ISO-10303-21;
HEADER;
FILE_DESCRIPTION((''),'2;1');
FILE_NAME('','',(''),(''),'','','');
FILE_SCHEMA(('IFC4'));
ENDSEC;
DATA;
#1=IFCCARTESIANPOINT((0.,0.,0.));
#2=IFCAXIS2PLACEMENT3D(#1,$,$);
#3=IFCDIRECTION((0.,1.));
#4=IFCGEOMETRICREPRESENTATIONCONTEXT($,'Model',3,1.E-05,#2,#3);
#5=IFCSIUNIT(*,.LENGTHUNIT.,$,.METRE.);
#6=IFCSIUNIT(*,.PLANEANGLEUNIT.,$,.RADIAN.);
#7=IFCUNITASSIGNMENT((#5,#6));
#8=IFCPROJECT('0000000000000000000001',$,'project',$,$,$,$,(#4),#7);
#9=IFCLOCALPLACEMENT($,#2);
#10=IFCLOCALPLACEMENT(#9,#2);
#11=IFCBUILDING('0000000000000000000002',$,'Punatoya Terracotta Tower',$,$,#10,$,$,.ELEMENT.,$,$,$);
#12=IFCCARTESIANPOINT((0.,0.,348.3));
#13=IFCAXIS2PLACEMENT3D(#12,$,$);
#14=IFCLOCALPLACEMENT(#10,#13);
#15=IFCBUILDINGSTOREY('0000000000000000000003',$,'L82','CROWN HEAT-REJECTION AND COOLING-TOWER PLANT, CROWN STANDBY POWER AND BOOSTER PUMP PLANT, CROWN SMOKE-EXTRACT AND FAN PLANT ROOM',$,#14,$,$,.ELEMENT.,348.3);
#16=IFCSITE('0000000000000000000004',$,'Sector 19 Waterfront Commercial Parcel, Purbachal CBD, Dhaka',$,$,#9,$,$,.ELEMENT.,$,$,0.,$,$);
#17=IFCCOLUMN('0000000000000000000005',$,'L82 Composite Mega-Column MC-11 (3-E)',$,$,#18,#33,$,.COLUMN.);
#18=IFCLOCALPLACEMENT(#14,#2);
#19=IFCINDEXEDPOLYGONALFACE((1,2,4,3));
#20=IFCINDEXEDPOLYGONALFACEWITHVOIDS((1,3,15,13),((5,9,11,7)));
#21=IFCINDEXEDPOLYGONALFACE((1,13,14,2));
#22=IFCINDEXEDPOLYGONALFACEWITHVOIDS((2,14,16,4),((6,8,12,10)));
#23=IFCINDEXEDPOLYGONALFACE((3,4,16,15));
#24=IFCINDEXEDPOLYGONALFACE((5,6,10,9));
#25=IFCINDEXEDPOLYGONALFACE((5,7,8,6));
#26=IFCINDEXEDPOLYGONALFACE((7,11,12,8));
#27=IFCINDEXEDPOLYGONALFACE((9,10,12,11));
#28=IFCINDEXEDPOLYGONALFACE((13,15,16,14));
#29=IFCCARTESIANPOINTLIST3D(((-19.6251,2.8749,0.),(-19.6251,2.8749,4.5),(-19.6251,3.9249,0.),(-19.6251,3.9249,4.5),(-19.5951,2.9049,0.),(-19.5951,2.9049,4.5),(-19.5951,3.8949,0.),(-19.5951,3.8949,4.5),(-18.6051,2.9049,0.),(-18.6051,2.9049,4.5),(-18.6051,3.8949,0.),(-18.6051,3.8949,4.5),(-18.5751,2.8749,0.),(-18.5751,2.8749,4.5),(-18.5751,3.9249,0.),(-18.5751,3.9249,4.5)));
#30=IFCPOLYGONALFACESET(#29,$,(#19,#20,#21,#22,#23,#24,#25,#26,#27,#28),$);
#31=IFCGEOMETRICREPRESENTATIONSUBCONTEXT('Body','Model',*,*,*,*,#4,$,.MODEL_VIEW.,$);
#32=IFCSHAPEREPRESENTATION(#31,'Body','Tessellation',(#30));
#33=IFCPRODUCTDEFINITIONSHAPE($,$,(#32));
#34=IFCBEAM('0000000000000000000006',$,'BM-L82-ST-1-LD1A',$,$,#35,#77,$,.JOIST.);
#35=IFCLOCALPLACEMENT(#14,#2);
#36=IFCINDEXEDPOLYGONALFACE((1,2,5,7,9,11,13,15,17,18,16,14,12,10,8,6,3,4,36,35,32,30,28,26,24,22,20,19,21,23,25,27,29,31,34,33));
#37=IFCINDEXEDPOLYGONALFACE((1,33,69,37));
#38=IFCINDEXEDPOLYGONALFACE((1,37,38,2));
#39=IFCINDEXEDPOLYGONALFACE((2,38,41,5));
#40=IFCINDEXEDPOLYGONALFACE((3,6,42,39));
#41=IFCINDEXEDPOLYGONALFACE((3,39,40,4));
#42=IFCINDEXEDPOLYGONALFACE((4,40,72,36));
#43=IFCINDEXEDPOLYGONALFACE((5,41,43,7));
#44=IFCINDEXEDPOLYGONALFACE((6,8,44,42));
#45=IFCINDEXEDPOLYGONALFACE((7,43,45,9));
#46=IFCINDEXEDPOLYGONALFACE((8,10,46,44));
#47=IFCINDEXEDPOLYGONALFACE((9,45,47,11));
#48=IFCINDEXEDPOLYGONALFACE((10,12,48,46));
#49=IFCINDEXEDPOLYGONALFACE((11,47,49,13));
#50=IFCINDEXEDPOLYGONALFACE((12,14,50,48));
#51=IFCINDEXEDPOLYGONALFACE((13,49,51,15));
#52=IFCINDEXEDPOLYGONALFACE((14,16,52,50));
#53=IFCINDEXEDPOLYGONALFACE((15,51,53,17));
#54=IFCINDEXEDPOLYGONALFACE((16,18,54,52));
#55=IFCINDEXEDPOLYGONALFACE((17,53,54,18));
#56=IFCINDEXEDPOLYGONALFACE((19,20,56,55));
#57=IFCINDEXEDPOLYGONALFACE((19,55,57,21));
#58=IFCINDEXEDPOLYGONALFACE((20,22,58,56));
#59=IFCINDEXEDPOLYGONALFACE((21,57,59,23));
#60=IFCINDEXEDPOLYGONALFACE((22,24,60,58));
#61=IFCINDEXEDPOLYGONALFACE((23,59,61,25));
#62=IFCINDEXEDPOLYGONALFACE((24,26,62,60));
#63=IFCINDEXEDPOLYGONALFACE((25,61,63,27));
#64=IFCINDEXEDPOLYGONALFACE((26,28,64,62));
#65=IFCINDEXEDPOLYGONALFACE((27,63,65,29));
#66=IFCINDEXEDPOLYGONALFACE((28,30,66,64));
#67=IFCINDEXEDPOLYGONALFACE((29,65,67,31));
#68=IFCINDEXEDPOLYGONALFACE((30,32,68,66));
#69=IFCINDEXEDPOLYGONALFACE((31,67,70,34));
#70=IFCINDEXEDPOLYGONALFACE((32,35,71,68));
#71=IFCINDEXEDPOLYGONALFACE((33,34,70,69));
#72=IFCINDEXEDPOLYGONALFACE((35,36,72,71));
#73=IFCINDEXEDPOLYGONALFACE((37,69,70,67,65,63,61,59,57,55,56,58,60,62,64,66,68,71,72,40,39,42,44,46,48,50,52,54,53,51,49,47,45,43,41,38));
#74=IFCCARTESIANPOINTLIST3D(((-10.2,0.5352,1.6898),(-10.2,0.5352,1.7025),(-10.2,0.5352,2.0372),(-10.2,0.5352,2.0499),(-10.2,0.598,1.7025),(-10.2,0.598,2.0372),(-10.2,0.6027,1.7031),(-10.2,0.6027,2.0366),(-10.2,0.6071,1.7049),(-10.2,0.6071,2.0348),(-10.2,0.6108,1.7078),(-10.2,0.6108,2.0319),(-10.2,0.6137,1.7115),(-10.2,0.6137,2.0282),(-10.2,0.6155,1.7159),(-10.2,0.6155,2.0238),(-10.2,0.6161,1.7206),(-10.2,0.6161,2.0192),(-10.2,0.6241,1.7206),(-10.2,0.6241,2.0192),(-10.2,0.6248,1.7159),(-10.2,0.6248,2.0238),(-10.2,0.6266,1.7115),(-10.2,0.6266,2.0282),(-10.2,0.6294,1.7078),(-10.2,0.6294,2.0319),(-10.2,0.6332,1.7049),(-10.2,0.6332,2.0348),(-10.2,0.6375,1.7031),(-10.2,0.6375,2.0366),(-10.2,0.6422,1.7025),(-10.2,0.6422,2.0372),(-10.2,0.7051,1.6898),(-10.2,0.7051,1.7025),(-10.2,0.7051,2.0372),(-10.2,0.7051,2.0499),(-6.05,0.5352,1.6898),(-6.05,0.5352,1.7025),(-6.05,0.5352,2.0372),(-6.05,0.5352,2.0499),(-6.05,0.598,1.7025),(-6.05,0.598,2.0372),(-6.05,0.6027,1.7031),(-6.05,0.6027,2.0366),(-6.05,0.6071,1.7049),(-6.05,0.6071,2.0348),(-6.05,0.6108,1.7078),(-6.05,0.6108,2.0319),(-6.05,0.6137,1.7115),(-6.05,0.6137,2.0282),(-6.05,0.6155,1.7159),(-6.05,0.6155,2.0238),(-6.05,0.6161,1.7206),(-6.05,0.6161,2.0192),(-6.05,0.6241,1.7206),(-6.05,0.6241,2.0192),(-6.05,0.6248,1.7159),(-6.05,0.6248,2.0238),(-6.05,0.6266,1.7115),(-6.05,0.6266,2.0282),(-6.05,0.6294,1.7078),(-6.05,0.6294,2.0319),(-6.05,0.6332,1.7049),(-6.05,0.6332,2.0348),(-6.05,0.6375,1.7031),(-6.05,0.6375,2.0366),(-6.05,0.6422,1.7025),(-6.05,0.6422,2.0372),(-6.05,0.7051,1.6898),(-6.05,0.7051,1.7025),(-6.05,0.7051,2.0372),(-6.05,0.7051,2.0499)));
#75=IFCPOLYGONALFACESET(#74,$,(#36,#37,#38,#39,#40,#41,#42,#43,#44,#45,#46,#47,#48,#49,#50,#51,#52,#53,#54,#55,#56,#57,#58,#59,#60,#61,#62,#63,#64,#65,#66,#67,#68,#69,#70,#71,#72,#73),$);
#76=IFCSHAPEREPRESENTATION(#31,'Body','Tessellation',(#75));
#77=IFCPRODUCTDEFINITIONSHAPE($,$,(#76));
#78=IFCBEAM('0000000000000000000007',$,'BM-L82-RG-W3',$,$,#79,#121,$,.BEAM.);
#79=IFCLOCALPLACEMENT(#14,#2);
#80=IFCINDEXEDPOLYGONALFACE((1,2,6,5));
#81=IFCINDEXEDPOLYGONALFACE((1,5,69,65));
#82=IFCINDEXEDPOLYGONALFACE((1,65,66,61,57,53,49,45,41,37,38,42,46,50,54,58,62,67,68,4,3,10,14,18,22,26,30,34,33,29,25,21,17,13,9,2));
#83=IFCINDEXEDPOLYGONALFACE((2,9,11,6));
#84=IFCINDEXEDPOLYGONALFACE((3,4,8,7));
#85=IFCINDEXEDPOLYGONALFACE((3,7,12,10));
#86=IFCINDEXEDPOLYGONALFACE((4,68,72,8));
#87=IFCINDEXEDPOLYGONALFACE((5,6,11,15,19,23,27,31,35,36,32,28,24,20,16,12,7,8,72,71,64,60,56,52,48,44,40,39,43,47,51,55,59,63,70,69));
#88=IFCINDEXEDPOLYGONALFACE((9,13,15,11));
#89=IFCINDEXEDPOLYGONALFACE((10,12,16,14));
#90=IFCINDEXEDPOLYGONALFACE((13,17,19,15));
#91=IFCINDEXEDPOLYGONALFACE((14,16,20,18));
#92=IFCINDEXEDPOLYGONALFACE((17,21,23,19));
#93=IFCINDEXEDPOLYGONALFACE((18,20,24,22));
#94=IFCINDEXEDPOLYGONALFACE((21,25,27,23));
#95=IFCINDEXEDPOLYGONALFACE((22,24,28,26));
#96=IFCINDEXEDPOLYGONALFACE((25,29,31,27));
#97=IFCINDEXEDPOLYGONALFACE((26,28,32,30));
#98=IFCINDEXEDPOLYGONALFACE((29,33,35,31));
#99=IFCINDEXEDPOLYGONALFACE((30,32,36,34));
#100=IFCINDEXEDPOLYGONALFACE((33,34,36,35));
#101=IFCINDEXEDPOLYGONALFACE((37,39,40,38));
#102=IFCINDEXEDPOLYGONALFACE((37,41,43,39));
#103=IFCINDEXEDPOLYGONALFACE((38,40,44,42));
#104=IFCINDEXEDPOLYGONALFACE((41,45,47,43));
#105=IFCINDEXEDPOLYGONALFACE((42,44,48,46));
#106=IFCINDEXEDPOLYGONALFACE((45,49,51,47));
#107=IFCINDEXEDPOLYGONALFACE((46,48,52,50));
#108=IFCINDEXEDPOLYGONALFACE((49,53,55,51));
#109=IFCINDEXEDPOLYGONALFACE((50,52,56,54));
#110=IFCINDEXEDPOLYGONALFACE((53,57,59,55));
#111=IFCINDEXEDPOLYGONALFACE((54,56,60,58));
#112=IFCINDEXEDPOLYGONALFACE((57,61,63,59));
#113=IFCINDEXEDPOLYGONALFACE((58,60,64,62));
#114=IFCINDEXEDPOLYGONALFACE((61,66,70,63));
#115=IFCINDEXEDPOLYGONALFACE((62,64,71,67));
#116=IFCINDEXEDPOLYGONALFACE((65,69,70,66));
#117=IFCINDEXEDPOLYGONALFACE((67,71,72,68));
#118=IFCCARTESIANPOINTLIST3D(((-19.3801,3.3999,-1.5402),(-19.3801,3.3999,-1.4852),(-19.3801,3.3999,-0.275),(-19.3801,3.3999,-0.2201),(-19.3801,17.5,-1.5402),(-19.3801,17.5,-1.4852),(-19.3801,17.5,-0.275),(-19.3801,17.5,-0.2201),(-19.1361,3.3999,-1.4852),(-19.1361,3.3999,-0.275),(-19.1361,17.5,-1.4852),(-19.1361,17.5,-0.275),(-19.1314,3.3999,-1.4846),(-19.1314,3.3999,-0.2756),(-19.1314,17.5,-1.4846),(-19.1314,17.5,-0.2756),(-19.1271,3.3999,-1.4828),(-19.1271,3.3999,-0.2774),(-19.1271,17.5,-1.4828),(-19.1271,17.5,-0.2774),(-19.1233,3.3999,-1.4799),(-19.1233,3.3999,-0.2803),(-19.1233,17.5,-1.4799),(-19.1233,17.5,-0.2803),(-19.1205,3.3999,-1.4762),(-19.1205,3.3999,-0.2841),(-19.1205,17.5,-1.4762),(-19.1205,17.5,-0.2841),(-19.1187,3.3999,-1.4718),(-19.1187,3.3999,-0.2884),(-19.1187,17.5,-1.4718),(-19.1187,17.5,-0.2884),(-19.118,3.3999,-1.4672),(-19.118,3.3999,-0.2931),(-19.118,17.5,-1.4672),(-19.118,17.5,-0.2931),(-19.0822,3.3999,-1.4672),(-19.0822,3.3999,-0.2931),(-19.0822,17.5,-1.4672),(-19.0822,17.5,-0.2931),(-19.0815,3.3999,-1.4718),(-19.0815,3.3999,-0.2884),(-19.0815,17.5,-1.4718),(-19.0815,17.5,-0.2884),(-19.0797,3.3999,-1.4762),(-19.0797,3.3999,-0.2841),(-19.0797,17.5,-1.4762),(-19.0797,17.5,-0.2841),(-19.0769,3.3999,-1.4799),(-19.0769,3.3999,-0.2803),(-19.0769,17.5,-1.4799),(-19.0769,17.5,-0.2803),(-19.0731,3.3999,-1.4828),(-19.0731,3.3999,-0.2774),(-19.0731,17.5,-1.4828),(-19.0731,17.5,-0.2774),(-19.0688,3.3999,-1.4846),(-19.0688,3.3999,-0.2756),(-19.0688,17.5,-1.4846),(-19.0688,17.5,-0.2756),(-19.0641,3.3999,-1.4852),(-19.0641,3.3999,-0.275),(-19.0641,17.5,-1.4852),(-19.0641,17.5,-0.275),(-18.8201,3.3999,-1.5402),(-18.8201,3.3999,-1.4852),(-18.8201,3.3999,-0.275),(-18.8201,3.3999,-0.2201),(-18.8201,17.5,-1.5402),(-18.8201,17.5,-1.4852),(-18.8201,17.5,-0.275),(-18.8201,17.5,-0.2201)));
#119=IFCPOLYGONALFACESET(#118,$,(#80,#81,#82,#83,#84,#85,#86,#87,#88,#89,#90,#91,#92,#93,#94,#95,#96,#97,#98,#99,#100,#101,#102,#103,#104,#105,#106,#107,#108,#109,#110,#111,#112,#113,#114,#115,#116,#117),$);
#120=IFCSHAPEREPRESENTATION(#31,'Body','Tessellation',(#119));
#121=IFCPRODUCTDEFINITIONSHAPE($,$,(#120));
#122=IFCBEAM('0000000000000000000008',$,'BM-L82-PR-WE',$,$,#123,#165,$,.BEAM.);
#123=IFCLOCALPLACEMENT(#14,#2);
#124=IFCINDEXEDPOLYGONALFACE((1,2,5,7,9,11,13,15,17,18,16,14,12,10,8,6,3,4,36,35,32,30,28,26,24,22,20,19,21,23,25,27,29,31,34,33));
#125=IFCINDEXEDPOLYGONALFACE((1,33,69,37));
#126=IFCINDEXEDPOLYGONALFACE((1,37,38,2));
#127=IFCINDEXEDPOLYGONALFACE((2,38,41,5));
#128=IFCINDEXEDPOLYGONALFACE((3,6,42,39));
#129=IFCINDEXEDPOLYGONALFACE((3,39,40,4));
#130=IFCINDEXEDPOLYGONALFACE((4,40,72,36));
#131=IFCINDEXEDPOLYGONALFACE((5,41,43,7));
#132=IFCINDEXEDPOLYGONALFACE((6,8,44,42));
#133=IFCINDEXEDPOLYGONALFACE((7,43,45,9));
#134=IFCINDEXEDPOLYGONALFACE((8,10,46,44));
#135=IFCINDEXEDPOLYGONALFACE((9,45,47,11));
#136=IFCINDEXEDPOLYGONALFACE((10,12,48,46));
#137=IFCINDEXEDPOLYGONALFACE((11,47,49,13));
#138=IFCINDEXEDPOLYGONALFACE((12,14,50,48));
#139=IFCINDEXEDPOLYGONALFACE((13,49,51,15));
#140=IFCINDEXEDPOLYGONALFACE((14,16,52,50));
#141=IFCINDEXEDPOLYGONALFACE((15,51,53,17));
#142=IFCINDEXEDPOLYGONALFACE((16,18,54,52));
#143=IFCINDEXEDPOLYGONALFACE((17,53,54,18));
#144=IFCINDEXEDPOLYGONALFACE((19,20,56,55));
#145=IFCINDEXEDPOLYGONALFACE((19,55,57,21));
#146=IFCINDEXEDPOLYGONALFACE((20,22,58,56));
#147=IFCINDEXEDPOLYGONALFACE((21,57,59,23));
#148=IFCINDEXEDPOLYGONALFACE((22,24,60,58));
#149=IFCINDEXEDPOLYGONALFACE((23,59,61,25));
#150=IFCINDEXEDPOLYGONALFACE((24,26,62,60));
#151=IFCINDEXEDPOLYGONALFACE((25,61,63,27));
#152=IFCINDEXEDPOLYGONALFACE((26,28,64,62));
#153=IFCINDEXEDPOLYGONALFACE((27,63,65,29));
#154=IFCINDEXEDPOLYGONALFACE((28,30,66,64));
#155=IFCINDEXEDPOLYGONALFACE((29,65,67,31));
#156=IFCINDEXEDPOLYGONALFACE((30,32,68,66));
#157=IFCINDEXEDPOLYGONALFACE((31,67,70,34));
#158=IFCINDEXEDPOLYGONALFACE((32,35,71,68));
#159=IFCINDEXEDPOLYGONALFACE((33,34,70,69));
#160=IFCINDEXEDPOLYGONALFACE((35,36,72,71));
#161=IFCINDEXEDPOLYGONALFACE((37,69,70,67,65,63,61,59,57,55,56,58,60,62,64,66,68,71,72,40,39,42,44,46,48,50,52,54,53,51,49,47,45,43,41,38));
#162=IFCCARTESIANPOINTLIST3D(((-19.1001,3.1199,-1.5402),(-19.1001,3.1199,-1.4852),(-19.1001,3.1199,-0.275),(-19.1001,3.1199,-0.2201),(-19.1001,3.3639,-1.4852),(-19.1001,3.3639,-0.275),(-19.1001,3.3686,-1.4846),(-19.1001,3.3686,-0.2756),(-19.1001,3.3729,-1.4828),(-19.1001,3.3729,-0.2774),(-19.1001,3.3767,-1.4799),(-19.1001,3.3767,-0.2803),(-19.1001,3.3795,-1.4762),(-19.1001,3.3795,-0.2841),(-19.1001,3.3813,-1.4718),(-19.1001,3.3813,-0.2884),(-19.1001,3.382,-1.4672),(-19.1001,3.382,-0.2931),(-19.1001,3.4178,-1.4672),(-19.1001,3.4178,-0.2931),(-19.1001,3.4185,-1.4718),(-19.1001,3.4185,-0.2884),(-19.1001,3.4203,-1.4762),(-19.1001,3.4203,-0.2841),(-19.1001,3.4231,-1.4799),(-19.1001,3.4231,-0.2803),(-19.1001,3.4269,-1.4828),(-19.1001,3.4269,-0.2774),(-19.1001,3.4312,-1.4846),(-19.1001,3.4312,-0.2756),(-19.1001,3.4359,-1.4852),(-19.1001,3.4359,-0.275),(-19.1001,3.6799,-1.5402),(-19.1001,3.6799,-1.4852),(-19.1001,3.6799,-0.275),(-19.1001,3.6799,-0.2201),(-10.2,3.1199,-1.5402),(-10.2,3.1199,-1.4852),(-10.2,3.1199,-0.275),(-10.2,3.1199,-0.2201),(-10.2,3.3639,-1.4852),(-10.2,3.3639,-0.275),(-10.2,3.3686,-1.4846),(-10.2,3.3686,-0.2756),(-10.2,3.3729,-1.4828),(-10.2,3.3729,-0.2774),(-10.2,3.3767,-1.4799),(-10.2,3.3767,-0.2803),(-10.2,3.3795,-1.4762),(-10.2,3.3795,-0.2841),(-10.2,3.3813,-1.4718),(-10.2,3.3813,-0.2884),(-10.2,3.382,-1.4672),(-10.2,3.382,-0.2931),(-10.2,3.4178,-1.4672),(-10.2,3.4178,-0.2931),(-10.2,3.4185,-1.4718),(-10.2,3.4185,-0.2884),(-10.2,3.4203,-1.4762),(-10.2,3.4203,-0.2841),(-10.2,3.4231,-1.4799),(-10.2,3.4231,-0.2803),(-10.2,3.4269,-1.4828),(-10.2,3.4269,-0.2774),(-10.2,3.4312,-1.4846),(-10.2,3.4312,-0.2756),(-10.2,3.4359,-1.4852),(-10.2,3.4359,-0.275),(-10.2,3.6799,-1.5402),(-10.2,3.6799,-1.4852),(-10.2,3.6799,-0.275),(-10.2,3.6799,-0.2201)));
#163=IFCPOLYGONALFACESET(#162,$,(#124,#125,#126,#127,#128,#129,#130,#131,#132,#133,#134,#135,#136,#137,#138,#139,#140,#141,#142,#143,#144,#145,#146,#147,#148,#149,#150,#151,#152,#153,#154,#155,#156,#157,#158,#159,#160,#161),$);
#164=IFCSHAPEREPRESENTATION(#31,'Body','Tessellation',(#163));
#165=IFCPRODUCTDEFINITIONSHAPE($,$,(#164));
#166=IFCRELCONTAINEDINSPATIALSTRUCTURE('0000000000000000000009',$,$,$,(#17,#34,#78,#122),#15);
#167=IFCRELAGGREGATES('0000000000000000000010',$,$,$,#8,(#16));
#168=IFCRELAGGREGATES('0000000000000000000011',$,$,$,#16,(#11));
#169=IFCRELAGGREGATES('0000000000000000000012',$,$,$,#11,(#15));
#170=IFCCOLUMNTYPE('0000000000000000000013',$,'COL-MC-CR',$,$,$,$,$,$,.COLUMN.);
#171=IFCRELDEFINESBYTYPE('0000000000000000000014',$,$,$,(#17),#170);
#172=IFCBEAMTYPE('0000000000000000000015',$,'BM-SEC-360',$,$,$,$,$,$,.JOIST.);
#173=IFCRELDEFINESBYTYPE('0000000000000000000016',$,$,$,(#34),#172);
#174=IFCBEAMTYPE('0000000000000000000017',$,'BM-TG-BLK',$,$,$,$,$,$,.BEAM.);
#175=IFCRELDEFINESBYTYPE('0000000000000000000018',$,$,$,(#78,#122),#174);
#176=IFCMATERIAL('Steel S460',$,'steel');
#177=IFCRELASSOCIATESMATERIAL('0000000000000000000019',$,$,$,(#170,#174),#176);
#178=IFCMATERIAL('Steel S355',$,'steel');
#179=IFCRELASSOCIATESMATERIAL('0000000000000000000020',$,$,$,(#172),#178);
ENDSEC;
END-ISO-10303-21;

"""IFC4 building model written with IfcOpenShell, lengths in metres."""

from ifc_helpers import new_model, si_unit, direction, frame, origin, origin_2d, place, context, subcontext, project, spatial, hollow_rectangle, i_section, extrude, material, material_profile, profile_set, type_object, element, save


model = new_model("IFC4")

# Units and contexts
model_context = context("Model", 3, precision=1e-05, world=origin(), true_north=direction((0.0, 1.0)))
body_context = subcontext(model_context, "Body", "Model", "MODEL_VIEW")
ifc_project = project(units=[si_unit("LENGTHUNIT", "METRE"), si_unit("PLANEANGLEUNIT", "RADIAN")], contexts=[model_context])

# Site, building, storey
site_placement = place(None, origin())
site = spatial("IfcSite", under=ifc_project, at=site_placement, Name="Sector 19 Waterfront Commercial Parcel, Purbachal CBD, Dhaka", CompositionType="ELEMENT", RefElevation=0.0)
building_placement = place(site_placement, origin())
building = spatial("IfcBuilding", under=site, at=building_placement, Name="Punatoya Terracotta Tower", CompositionType="ELEMENT")
storey_placement = place(building_placement, frame((0.0, 0.0, 348.3)))
storey = spatial("IfcBuildingStorey", under=building, at=storey_placement, Name="L82", Description="CROWN HEAT-REJECTION AND COOLING-TOWER PLANT, CROWN STANDBY POWER AND BOOSTER PUMP PLANT, CROWN SMOKE-EXTRACT AND FAN PLANT ROOM", CompositionType="ELEMENT", Elevation=348.3)

# Column
ifc_material_1 = material(Name="Steel S460", Category="steel")
ifc_material_profile_1 = material_profile(ifc_material_1, hollow_rectangle(XDim=1.05, YDim=1.05, WallThickness=0.03, at=origin_2d()))
ifc_profile_set_1 = profile_set([ifc_material_profile_1], Name="Steel S460")
column_type = type_object("IfcColumnType", Name="COL-MC-CR", PredefinedType="COLUMN", material=ifc_profile_set_1)
column_placement = place(storey_placement, frame((-19.1001, 3.3999, 0.0), z_axis=(0.0, 0.0, 1.0), x_axis=(1.0, 0.0, 0.0)))
element("IfcColumn", 1, at=column_placement, inside=storey, type_object=column_type, Name="L82 Composite Mega-Column MC-11 (3-E)", PredefinedType="COLUMN", context=body_context, shape_type="SweptSolid", body=[
    extrude(hollow_rectangle(XDim=1.05, YDim=1.05, WallThickness=0.03, at=origin_2d()), origin(), (0.0, 0.0, 1.0), 4.5),
])

# Beams
ifc_material_2 = material(Name="Steel S355", Category="steel")
ifc_material_profile_2 = material_profile(ifc_material_2, i_section(OverallWidth=0.1699, OverallDepth=0.3601, WebThickness=0.0081, FlangeThickness=0.0127, FilletRadius=0.0181, at=origin_2d()))
ifc_profile_set_2 = profile_set([ifc_material_profile_2], Name="Steel S355")
beam_type_1 = type_object("IfcBeamType", Name="BM-SEC-360", PredefinedType="JOIST", material=ifc_profile_set_2)
beam_1_placement = place(storey_placement, frame((-10.2, 0.6201, 1.8699), z_axis=(1.0, 0.0, 0.0), x_axis=(0.0, 1.0, 0.0)))
element("IfcBeam", 2, at=beam_1_placement, inside=storey, type_object=beam_type_1, Name="BM-L82-ST-1-LD1A", PredefinedType="JOIST", context=body_context, shape_type="SweptSolid", body=[
    extrude(i_section(OverallWidth=0.1699, OverallDepth=0.3601, WebThickness=0.0081, FlangeThickness=0.0127, FilletRadius=0.0181, at=origin_2d()), origin(), (0.0, 0.0, 1.0), 4.1499),
])
ifc_material_profile_3 = material_profile(ifc_material_1, i_section(OverallWidth=0.5601, OverallDepth=1.3201, WebThickness=0.0359, FlangeThickness=0.0549, FilletRadius=0.0181, at=origin_2d()))
ifc_profile_set_3 = profile_set([ifc_material_profile_3], Name="Steel S460")
beam_type_2 = type_object("IfcBeamType", Name="BM-TG-BLK", PredefinedType="BEAM", material=ifc_profile_set_3)
beam_2_placement = place(storey_placement, frame((-19.1001, 3.3999, -0.8801), z_axis=(0.0, 1.0, 0.0), x_axis=(-1.0, 0.0, 0.0)))
element("IfcBeam", 3, at=beam_2_placement, inside=storey, type_object=beam_type_2, Name="BM-L82-RG-W3", PredefinedType="BEAM", context=body_context, shape_type="SweptSolid", body=[
    extrude(i_section(OverallWidth=0.5601, OverallDepth=1.3201, WebThickness=0.0359, FlangeThickness=0.0549, FilletRadius=0.0181, at=origin_2d()), origin(), (0.0, 0.0, 1.0), 14.1001),
])
for number, where, z_axis, x_axis, name in (
    (4, (-19.1001, 3.3999, -0.8801), (1.0, 0.0, 0.0), (0.0, 1.0, 0.0), "BM-L82-PR-WE"),
):
    element("IfcBeam", number, at=place(storey_placement, frame(where, z_axis=z_axis, x_axis=x_axis)), inside=storey, type_object=beam_type_2, Name=name, PredefinedType="BEAM", context=body_context, shape_type="SweptSolid", body=[
        extrude(i_section(OverallWidth=0.5601, OverallDepth=1.3201, WebThickness=0.0359, FlangeThickness=0.0549, FilletRadius=0.0181, at=origin_2d()), origin(), (0.0, 0.0, 1.0), 8.9001),
    ])

save(model, "model.ifc")
